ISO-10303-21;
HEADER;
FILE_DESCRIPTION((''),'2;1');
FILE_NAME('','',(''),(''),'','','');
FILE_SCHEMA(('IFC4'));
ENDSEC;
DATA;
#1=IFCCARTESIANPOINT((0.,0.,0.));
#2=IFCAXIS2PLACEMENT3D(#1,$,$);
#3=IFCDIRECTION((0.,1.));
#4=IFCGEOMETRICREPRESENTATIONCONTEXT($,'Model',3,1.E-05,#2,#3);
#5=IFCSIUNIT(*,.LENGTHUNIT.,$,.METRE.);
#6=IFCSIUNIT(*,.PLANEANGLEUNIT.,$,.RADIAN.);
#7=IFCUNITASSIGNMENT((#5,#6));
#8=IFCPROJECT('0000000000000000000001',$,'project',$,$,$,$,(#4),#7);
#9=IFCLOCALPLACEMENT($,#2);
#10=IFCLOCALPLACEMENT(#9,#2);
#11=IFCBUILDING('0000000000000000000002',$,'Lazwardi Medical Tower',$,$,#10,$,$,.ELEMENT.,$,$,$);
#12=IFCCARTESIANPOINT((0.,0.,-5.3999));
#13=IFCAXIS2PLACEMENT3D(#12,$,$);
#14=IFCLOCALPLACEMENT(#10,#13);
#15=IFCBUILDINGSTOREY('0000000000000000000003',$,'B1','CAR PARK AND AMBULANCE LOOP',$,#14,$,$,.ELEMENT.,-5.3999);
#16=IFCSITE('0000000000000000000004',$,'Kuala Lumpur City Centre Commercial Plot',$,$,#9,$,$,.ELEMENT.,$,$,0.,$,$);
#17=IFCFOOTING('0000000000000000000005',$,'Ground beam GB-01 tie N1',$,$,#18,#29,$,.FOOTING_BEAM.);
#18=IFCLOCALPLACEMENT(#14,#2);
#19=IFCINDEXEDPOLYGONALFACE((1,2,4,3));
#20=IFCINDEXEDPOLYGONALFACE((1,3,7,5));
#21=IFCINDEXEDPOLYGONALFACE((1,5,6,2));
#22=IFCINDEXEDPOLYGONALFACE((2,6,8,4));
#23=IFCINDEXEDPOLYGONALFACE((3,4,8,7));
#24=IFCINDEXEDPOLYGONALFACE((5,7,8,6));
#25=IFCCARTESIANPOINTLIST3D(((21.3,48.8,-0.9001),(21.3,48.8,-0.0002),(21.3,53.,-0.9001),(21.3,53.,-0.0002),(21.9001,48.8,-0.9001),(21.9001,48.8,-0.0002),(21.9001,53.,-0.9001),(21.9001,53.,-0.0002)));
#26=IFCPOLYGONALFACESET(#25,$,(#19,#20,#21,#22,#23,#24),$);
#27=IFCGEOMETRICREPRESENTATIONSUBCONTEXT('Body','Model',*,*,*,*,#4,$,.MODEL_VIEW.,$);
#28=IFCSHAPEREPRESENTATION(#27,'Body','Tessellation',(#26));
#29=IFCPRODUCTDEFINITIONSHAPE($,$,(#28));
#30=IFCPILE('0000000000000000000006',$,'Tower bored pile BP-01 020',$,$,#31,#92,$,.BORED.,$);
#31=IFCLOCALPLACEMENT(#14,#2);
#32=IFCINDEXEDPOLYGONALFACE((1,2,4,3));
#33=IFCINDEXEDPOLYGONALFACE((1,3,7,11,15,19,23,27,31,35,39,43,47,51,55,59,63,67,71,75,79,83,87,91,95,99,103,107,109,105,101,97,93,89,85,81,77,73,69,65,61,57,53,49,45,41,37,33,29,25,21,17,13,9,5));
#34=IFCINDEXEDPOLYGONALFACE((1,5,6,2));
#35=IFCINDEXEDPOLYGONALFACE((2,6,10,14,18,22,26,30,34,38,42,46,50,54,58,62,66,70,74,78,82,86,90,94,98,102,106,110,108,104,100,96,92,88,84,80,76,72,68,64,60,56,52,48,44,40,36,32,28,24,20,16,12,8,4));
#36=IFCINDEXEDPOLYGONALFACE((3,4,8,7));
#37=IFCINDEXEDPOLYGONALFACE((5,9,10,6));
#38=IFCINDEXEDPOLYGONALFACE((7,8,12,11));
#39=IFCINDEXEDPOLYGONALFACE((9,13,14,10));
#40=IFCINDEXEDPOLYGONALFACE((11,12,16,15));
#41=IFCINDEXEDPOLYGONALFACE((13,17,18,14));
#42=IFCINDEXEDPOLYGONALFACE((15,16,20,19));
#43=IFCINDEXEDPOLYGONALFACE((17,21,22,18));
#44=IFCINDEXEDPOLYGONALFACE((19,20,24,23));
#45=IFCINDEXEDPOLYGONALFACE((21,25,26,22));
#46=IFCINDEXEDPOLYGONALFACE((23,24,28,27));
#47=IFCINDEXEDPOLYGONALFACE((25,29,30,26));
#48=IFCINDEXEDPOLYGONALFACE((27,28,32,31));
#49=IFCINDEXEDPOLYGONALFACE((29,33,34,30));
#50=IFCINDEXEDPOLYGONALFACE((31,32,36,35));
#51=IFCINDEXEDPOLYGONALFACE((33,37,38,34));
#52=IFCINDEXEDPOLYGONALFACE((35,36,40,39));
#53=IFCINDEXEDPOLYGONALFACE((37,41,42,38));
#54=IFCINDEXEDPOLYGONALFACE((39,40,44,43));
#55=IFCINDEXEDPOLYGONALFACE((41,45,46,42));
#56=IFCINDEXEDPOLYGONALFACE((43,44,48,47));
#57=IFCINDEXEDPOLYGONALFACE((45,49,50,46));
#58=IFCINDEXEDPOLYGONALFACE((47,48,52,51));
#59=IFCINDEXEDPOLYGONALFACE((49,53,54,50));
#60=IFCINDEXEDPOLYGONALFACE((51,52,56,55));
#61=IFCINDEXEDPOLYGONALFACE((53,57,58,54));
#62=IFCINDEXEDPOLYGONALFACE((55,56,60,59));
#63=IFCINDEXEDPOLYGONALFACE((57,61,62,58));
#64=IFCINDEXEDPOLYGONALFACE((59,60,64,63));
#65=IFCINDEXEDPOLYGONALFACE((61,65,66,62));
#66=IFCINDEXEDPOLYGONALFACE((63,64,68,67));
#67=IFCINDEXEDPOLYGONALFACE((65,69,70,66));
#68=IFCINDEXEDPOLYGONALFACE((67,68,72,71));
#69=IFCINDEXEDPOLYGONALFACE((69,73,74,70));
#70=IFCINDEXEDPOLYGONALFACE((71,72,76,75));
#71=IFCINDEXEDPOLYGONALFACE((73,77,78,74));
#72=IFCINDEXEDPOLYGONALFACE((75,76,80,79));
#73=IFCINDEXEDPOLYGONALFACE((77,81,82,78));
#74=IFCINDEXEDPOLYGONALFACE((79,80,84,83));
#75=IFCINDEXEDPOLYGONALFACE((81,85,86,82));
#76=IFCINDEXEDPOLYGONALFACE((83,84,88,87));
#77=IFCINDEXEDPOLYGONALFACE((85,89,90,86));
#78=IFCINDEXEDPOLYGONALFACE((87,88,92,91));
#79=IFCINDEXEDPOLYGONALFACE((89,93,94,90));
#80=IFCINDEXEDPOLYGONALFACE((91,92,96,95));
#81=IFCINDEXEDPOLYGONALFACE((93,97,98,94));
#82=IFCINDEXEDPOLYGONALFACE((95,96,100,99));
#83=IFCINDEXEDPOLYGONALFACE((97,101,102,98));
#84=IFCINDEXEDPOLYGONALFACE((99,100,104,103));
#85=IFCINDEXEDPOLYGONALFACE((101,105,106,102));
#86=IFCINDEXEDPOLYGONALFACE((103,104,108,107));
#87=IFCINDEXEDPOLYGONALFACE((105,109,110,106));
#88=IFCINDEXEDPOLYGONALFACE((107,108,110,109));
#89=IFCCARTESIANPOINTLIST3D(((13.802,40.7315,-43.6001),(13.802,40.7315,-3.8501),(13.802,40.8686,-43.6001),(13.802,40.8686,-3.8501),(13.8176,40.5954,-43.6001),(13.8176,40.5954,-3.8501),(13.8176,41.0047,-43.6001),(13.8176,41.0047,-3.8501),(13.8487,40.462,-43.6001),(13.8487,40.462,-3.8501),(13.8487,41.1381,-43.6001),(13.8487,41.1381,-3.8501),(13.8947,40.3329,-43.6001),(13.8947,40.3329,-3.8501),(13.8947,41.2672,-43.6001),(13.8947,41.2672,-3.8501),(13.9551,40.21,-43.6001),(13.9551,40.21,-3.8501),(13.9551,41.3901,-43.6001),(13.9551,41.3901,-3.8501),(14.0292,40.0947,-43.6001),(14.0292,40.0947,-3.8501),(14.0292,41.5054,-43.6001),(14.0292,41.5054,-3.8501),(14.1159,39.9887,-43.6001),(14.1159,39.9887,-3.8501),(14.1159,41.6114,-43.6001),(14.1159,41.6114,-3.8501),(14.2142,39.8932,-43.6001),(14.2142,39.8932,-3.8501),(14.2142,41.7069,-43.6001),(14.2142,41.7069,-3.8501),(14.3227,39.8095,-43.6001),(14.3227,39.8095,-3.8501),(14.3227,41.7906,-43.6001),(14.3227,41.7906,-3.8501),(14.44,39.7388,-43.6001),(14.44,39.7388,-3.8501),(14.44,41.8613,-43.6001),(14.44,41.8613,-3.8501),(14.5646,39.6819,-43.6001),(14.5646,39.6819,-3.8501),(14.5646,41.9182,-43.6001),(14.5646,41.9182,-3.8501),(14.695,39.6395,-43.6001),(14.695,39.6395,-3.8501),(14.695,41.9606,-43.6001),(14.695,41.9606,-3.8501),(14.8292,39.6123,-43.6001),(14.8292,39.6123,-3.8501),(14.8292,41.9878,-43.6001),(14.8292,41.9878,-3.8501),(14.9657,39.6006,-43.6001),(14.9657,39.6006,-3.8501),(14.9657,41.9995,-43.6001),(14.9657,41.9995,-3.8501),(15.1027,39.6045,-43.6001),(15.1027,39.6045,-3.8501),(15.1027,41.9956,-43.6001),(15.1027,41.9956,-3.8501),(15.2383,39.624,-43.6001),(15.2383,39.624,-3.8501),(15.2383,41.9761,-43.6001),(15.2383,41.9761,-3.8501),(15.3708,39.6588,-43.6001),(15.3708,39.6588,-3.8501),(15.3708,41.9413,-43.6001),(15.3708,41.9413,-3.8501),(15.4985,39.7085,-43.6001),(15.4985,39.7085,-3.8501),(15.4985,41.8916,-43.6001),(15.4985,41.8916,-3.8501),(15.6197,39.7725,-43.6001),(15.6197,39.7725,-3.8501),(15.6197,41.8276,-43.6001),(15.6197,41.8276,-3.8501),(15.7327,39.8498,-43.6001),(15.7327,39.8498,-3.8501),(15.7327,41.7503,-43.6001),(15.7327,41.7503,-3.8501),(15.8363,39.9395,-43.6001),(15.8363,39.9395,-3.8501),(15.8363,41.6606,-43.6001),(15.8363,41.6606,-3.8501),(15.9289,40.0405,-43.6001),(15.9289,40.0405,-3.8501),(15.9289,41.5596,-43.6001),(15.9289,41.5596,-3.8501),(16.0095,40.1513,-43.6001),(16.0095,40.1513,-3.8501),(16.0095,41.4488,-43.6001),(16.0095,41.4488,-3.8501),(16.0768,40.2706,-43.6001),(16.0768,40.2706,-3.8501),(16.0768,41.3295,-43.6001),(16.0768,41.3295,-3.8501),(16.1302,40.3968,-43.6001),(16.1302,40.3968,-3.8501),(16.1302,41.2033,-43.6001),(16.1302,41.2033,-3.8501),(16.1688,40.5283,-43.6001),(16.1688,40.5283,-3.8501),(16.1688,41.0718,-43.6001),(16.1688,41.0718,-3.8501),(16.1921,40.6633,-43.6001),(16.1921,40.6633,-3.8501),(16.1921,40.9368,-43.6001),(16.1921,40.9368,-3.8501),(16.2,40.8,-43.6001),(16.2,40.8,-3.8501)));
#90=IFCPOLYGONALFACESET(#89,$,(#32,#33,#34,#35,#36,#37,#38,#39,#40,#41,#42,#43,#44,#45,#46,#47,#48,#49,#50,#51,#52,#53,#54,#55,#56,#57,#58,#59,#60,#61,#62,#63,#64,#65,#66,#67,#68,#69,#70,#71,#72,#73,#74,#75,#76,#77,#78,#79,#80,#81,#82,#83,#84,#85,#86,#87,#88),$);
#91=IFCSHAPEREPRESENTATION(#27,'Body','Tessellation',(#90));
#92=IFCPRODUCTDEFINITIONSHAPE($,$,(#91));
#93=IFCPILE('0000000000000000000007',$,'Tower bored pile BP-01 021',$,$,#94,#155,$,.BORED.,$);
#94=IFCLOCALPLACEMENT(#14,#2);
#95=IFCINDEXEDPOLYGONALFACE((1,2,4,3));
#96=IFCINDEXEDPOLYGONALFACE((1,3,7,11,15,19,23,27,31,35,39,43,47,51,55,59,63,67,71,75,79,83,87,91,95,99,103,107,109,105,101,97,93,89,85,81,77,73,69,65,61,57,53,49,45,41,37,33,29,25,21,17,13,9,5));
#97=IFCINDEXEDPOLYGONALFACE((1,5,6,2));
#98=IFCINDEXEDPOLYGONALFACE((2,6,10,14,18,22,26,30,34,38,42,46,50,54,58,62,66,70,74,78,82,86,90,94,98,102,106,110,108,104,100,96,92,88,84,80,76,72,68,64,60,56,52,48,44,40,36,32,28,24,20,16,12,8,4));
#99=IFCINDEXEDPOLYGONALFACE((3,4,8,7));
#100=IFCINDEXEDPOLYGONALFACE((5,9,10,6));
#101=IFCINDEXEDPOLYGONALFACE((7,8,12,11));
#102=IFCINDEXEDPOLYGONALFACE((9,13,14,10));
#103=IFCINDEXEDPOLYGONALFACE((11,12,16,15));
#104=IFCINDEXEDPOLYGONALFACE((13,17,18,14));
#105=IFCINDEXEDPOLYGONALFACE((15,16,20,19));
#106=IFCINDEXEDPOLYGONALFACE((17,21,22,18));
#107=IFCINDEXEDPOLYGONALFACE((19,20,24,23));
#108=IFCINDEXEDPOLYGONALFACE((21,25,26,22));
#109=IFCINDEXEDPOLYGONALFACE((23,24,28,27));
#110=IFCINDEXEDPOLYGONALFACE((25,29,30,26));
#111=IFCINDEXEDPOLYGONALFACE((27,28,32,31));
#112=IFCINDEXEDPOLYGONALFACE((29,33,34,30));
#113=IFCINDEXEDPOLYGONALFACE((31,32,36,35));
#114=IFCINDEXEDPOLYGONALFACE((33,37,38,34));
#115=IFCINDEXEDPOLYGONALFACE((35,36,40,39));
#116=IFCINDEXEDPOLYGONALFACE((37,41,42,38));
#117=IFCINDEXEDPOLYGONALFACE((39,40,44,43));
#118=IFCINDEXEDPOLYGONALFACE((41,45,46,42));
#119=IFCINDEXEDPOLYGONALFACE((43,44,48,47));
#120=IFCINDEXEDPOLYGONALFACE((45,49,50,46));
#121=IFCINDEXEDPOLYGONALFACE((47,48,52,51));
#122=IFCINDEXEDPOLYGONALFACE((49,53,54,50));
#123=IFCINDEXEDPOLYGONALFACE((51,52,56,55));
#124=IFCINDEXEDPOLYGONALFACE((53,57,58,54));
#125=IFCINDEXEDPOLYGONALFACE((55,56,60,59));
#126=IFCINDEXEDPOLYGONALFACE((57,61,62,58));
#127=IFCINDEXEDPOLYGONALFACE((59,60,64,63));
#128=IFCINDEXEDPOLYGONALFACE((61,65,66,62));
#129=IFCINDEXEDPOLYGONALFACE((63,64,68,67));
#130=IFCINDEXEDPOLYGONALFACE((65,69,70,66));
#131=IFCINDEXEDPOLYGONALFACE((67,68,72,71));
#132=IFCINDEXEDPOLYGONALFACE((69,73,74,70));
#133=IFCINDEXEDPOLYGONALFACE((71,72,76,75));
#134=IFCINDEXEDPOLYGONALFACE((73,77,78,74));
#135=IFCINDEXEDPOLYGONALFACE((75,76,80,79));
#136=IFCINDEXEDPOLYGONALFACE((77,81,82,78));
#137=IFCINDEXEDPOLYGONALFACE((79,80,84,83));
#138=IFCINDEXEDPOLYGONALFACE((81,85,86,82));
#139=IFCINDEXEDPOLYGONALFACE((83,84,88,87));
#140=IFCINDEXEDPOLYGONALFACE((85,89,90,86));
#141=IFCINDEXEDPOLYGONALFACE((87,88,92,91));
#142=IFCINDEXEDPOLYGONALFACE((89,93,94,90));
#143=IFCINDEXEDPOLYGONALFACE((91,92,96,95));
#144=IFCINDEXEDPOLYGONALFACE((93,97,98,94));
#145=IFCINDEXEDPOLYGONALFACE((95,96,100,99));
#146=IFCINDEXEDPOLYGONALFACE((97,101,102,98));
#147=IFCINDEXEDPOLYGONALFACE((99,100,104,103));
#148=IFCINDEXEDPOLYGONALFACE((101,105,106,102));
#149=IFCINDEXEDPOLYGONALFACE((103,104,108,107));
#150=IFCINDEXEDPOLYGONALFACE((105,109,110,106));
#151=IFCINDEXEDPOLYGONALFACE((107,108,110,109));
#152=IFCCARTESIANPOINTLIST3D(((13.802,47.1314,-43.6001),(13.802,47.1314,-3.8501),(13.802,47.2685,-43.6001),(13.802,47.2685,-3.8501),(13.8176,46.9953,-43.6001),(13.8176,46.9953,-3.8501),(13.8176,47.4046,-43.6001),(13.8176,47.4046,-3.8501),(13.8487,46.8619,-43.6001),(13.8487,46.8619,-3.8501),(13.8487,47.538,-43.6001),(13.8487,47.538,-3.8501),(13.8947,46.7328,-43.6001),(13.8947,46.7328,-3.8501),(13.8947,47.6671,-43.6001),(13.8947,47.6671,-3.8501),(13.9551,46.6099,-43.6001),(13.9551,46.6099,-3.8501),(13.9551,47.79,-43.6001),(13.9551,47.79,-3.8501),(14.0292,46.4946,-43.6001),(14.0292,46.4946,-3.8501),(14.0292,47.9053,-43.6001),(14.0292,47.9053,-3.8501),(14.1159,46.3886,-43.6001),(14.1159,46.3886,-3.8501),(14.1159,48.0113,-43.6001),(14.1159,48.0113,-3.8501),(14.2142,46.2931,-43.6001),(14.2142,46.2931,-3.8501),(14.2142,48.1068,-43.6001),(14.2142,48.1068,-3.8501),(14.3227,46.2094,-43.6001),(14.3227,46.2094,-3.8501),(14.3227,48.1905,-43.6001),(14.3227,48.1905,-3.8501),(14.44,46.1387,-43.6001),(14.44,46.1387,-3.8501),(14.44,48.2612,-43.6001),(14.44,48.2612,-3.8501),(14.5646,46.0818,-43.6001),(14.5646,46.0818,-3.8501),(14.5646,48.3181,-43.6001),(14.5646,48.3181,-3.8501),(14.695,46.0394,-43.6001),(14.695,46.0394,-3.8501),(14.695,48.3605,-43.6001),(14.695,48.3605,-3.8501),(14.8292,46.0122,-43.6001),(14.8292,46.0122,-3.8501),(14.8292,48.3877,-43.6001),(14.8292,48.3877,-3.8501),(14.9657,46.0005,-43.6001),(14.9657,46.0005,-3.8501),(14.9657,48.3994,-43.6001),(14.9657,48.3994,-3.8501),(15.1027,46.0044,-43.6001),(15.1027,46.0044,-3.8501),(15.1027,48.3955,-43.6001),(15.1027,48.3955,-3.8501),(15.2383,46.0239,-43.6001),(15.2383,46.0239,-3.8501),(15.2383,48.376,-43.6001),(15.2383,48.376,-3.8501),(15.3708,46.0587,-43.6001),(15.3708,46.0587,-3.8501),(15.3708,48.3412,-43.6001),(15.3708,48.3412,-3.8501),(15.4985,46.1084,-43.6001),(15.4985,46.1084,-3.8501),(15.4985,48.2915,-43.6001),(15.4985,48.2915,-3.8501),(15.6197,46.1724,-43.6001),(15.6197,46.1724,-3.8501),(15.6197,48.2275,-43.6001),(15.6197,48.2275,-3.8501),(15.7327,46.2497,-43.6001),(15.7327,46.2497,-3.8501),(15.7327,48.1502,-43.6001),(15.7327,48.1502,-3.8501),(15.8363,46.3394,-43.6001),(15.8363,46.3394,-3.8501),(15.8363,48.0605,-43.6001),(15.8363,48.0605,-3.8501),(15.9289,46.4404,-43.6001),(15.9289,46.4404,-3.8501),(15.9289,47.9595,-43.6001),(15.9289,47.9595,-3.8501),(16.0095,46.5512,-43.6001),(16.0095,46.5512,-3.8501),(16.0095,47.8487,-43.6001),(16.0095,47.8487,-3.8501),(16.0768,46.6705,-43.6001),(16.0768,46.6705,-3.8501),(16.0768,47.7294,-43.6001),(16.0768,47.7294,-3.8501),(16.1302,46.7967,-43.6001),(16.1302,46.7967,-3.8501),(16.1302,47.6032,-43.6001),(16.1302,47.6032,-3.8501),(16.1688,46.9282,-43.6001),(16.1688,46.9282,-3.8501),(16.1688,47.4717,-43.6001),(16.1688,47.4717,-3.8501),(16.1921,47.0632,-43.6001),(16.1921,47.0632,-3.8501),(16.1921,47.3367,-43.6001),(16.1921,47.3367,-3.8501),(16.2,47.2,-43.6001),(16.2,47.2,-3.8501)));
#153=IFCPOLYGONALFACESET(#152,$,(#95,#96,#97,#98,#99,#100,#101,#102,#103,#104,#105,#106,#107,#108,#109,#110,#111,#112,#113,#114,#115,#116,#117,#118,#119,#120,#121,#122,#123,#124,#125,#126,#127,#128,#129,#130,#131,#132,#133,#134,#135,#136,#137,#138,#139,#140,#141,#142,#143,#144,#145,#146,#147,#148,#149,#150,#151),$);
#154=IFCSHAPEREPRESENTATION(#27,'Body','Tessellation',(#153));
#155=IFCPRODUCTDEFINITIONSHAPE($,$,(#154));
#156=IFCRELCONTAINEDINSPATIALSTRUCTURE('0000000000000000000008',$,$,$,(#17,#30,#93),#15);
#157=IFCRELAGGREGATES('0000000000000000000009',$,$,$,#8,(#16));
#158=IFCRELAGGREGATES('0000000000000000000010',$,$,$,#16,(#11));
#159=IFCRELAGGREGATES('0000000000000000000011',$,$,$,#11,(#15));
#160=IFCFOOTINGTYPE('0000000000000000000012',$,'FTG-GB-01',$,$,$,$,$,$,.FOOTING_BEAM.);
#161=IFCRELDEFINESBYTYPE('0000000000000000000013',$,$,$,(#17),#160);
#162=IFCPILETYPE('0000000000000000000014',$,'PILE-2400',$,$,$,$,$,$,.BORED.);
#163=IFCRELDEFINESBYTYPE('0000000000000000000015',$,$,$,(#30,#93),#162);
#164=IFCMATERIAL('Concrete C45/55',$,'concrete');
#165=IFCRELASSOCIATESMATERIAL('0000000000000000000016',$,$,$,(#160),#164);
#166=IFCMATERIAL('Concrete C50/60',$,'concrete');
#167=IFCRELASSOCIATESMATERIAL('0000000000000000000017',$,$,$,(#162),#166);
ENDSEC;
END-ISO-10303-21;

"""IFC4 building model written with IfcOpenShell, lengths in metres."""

from ifc_helpers import new_model, si_unit, direction, frame, origin, origin_2d, place, context, subcontext, project, spatial, rectangle, circle, extrude, material, material_profile, profile_set, type_object, element, save


model = new_model("IFC4")

# Units and contexts
model_context = context("Model", 3, precision=1e-05, world=origin(), true_north=direction((0.0, 1.0)))
body_context = subcontext(model_context, "Body", "Model", "MODEL_VIEW")
ifc_project = project(units=[si_unit("LENGTHUNIT", "METRE"), si_unit("PLANEANGLEUNIT", "RADIAN")], contexts=[model_context])

# Site, building, storey
site_placement = place(None, origin())
site = spatial("IfcSite", under=ifc_project, at=site_placement, Name="Kuala Lumpur City Centre Commercial Plot", CompositionType="ELEMENT", RefElevation=0.0)
building_placement = place(site_placement, origin())
building = spatial("IfcBuilding", under=site, at=building_placement, Name="Lazwardi Medical Tower", CompositionType="ELEMENT")
storey_placement = place(building_placement, frame((0.0, 0.0, -5.3999)))
storey = spatial("IfcBuildingStorey", under=building, at=storey_placement, Name="B1", Description="CAR PARK AND AMBULANCE LOOP", CompositionType="ELEMENT", Elevation=-5.3999)

# Footing
ifc_material_1 = material(Name="Concrete C45/55", Category="concrete")
ifc_material_profile_1 = material_profile(ifc_material_1, rectangle(XDim=0.6001, YDim=0.8999, at=origin_2d()), Name="RC-GB 600x900")
ifc_profile_set_1 = profile_set([ifc_material_profile_1], Name="Concrete C45/55")
footing_type = type_object("IfcFootingType", Name="FTG-GB-01", PredefinedType="FOOTING_BEAM", material=ifc_profile_set_1)
footing_placement = place(storey_placement, frame((21.6001, 53.0, -0.4502), z_axis=(0.0, -1.0, 0.0), x_axis=(1.0, 0.0, 0.0)))
element("IfcFooting", 1, at=footing_placement, inside=storey, type_object=footing_type, Name="Ground beam GB-01 tie N1", PredefinedType="FOOTING_BEAM", context=body_context, shape_type="SweptSolid", body=[
    extrude(rectangle(XDim=0.6001, YDim=0.8999, at=origin_2d()), origin(), (0.0, 0.0, 1.0), 4.2),
])

# Piles
ifc_material_2 = material(Name="Concrete C50/60", Category="concrete")
ifc_material_profile_2 = material_profile(ifc_material_2, circle(Radius=1.2, at=origin_2d()), Name="BORED PILE D2400")
ifc_profile_set_2 = profile_set([ifc_material_profile_2], Name="Concrete C50/60")
pile_type = type_object("IfcPileType", Name="PILE-2400", PredefinedType="BORED", material=ifc_profile_set_2)
for number, where, z_axis, x_axis, name in (
    (2, (15.0, 40.8, -3.8501), (0.0, 0.0, -1.0), (1.0, 0.0, 0.0), "Tower bored pile BP-01 020"),
    (3, (15.0, 47.2, -3.8501), (0.0, 0.0, -1.0), (1.0, 0.0, 0.0), "Tower bored pile BP-01 021"),
):
    element("IfcPile", number, at=place(storey_placement, frame(where, z_axis=z_axis, x_axis=x_axis)), inside=storey, type_object=pile_type, Name=name, PredefinedType="BORED", context=body_context, shape_type="SweptSolid", body=[
        extrude(circle(Radius=1.2, at=origin_2d()), origin(), (0.0, 0.0, 1.0), 39.75),
    ])

save(model, "model.ifc")
